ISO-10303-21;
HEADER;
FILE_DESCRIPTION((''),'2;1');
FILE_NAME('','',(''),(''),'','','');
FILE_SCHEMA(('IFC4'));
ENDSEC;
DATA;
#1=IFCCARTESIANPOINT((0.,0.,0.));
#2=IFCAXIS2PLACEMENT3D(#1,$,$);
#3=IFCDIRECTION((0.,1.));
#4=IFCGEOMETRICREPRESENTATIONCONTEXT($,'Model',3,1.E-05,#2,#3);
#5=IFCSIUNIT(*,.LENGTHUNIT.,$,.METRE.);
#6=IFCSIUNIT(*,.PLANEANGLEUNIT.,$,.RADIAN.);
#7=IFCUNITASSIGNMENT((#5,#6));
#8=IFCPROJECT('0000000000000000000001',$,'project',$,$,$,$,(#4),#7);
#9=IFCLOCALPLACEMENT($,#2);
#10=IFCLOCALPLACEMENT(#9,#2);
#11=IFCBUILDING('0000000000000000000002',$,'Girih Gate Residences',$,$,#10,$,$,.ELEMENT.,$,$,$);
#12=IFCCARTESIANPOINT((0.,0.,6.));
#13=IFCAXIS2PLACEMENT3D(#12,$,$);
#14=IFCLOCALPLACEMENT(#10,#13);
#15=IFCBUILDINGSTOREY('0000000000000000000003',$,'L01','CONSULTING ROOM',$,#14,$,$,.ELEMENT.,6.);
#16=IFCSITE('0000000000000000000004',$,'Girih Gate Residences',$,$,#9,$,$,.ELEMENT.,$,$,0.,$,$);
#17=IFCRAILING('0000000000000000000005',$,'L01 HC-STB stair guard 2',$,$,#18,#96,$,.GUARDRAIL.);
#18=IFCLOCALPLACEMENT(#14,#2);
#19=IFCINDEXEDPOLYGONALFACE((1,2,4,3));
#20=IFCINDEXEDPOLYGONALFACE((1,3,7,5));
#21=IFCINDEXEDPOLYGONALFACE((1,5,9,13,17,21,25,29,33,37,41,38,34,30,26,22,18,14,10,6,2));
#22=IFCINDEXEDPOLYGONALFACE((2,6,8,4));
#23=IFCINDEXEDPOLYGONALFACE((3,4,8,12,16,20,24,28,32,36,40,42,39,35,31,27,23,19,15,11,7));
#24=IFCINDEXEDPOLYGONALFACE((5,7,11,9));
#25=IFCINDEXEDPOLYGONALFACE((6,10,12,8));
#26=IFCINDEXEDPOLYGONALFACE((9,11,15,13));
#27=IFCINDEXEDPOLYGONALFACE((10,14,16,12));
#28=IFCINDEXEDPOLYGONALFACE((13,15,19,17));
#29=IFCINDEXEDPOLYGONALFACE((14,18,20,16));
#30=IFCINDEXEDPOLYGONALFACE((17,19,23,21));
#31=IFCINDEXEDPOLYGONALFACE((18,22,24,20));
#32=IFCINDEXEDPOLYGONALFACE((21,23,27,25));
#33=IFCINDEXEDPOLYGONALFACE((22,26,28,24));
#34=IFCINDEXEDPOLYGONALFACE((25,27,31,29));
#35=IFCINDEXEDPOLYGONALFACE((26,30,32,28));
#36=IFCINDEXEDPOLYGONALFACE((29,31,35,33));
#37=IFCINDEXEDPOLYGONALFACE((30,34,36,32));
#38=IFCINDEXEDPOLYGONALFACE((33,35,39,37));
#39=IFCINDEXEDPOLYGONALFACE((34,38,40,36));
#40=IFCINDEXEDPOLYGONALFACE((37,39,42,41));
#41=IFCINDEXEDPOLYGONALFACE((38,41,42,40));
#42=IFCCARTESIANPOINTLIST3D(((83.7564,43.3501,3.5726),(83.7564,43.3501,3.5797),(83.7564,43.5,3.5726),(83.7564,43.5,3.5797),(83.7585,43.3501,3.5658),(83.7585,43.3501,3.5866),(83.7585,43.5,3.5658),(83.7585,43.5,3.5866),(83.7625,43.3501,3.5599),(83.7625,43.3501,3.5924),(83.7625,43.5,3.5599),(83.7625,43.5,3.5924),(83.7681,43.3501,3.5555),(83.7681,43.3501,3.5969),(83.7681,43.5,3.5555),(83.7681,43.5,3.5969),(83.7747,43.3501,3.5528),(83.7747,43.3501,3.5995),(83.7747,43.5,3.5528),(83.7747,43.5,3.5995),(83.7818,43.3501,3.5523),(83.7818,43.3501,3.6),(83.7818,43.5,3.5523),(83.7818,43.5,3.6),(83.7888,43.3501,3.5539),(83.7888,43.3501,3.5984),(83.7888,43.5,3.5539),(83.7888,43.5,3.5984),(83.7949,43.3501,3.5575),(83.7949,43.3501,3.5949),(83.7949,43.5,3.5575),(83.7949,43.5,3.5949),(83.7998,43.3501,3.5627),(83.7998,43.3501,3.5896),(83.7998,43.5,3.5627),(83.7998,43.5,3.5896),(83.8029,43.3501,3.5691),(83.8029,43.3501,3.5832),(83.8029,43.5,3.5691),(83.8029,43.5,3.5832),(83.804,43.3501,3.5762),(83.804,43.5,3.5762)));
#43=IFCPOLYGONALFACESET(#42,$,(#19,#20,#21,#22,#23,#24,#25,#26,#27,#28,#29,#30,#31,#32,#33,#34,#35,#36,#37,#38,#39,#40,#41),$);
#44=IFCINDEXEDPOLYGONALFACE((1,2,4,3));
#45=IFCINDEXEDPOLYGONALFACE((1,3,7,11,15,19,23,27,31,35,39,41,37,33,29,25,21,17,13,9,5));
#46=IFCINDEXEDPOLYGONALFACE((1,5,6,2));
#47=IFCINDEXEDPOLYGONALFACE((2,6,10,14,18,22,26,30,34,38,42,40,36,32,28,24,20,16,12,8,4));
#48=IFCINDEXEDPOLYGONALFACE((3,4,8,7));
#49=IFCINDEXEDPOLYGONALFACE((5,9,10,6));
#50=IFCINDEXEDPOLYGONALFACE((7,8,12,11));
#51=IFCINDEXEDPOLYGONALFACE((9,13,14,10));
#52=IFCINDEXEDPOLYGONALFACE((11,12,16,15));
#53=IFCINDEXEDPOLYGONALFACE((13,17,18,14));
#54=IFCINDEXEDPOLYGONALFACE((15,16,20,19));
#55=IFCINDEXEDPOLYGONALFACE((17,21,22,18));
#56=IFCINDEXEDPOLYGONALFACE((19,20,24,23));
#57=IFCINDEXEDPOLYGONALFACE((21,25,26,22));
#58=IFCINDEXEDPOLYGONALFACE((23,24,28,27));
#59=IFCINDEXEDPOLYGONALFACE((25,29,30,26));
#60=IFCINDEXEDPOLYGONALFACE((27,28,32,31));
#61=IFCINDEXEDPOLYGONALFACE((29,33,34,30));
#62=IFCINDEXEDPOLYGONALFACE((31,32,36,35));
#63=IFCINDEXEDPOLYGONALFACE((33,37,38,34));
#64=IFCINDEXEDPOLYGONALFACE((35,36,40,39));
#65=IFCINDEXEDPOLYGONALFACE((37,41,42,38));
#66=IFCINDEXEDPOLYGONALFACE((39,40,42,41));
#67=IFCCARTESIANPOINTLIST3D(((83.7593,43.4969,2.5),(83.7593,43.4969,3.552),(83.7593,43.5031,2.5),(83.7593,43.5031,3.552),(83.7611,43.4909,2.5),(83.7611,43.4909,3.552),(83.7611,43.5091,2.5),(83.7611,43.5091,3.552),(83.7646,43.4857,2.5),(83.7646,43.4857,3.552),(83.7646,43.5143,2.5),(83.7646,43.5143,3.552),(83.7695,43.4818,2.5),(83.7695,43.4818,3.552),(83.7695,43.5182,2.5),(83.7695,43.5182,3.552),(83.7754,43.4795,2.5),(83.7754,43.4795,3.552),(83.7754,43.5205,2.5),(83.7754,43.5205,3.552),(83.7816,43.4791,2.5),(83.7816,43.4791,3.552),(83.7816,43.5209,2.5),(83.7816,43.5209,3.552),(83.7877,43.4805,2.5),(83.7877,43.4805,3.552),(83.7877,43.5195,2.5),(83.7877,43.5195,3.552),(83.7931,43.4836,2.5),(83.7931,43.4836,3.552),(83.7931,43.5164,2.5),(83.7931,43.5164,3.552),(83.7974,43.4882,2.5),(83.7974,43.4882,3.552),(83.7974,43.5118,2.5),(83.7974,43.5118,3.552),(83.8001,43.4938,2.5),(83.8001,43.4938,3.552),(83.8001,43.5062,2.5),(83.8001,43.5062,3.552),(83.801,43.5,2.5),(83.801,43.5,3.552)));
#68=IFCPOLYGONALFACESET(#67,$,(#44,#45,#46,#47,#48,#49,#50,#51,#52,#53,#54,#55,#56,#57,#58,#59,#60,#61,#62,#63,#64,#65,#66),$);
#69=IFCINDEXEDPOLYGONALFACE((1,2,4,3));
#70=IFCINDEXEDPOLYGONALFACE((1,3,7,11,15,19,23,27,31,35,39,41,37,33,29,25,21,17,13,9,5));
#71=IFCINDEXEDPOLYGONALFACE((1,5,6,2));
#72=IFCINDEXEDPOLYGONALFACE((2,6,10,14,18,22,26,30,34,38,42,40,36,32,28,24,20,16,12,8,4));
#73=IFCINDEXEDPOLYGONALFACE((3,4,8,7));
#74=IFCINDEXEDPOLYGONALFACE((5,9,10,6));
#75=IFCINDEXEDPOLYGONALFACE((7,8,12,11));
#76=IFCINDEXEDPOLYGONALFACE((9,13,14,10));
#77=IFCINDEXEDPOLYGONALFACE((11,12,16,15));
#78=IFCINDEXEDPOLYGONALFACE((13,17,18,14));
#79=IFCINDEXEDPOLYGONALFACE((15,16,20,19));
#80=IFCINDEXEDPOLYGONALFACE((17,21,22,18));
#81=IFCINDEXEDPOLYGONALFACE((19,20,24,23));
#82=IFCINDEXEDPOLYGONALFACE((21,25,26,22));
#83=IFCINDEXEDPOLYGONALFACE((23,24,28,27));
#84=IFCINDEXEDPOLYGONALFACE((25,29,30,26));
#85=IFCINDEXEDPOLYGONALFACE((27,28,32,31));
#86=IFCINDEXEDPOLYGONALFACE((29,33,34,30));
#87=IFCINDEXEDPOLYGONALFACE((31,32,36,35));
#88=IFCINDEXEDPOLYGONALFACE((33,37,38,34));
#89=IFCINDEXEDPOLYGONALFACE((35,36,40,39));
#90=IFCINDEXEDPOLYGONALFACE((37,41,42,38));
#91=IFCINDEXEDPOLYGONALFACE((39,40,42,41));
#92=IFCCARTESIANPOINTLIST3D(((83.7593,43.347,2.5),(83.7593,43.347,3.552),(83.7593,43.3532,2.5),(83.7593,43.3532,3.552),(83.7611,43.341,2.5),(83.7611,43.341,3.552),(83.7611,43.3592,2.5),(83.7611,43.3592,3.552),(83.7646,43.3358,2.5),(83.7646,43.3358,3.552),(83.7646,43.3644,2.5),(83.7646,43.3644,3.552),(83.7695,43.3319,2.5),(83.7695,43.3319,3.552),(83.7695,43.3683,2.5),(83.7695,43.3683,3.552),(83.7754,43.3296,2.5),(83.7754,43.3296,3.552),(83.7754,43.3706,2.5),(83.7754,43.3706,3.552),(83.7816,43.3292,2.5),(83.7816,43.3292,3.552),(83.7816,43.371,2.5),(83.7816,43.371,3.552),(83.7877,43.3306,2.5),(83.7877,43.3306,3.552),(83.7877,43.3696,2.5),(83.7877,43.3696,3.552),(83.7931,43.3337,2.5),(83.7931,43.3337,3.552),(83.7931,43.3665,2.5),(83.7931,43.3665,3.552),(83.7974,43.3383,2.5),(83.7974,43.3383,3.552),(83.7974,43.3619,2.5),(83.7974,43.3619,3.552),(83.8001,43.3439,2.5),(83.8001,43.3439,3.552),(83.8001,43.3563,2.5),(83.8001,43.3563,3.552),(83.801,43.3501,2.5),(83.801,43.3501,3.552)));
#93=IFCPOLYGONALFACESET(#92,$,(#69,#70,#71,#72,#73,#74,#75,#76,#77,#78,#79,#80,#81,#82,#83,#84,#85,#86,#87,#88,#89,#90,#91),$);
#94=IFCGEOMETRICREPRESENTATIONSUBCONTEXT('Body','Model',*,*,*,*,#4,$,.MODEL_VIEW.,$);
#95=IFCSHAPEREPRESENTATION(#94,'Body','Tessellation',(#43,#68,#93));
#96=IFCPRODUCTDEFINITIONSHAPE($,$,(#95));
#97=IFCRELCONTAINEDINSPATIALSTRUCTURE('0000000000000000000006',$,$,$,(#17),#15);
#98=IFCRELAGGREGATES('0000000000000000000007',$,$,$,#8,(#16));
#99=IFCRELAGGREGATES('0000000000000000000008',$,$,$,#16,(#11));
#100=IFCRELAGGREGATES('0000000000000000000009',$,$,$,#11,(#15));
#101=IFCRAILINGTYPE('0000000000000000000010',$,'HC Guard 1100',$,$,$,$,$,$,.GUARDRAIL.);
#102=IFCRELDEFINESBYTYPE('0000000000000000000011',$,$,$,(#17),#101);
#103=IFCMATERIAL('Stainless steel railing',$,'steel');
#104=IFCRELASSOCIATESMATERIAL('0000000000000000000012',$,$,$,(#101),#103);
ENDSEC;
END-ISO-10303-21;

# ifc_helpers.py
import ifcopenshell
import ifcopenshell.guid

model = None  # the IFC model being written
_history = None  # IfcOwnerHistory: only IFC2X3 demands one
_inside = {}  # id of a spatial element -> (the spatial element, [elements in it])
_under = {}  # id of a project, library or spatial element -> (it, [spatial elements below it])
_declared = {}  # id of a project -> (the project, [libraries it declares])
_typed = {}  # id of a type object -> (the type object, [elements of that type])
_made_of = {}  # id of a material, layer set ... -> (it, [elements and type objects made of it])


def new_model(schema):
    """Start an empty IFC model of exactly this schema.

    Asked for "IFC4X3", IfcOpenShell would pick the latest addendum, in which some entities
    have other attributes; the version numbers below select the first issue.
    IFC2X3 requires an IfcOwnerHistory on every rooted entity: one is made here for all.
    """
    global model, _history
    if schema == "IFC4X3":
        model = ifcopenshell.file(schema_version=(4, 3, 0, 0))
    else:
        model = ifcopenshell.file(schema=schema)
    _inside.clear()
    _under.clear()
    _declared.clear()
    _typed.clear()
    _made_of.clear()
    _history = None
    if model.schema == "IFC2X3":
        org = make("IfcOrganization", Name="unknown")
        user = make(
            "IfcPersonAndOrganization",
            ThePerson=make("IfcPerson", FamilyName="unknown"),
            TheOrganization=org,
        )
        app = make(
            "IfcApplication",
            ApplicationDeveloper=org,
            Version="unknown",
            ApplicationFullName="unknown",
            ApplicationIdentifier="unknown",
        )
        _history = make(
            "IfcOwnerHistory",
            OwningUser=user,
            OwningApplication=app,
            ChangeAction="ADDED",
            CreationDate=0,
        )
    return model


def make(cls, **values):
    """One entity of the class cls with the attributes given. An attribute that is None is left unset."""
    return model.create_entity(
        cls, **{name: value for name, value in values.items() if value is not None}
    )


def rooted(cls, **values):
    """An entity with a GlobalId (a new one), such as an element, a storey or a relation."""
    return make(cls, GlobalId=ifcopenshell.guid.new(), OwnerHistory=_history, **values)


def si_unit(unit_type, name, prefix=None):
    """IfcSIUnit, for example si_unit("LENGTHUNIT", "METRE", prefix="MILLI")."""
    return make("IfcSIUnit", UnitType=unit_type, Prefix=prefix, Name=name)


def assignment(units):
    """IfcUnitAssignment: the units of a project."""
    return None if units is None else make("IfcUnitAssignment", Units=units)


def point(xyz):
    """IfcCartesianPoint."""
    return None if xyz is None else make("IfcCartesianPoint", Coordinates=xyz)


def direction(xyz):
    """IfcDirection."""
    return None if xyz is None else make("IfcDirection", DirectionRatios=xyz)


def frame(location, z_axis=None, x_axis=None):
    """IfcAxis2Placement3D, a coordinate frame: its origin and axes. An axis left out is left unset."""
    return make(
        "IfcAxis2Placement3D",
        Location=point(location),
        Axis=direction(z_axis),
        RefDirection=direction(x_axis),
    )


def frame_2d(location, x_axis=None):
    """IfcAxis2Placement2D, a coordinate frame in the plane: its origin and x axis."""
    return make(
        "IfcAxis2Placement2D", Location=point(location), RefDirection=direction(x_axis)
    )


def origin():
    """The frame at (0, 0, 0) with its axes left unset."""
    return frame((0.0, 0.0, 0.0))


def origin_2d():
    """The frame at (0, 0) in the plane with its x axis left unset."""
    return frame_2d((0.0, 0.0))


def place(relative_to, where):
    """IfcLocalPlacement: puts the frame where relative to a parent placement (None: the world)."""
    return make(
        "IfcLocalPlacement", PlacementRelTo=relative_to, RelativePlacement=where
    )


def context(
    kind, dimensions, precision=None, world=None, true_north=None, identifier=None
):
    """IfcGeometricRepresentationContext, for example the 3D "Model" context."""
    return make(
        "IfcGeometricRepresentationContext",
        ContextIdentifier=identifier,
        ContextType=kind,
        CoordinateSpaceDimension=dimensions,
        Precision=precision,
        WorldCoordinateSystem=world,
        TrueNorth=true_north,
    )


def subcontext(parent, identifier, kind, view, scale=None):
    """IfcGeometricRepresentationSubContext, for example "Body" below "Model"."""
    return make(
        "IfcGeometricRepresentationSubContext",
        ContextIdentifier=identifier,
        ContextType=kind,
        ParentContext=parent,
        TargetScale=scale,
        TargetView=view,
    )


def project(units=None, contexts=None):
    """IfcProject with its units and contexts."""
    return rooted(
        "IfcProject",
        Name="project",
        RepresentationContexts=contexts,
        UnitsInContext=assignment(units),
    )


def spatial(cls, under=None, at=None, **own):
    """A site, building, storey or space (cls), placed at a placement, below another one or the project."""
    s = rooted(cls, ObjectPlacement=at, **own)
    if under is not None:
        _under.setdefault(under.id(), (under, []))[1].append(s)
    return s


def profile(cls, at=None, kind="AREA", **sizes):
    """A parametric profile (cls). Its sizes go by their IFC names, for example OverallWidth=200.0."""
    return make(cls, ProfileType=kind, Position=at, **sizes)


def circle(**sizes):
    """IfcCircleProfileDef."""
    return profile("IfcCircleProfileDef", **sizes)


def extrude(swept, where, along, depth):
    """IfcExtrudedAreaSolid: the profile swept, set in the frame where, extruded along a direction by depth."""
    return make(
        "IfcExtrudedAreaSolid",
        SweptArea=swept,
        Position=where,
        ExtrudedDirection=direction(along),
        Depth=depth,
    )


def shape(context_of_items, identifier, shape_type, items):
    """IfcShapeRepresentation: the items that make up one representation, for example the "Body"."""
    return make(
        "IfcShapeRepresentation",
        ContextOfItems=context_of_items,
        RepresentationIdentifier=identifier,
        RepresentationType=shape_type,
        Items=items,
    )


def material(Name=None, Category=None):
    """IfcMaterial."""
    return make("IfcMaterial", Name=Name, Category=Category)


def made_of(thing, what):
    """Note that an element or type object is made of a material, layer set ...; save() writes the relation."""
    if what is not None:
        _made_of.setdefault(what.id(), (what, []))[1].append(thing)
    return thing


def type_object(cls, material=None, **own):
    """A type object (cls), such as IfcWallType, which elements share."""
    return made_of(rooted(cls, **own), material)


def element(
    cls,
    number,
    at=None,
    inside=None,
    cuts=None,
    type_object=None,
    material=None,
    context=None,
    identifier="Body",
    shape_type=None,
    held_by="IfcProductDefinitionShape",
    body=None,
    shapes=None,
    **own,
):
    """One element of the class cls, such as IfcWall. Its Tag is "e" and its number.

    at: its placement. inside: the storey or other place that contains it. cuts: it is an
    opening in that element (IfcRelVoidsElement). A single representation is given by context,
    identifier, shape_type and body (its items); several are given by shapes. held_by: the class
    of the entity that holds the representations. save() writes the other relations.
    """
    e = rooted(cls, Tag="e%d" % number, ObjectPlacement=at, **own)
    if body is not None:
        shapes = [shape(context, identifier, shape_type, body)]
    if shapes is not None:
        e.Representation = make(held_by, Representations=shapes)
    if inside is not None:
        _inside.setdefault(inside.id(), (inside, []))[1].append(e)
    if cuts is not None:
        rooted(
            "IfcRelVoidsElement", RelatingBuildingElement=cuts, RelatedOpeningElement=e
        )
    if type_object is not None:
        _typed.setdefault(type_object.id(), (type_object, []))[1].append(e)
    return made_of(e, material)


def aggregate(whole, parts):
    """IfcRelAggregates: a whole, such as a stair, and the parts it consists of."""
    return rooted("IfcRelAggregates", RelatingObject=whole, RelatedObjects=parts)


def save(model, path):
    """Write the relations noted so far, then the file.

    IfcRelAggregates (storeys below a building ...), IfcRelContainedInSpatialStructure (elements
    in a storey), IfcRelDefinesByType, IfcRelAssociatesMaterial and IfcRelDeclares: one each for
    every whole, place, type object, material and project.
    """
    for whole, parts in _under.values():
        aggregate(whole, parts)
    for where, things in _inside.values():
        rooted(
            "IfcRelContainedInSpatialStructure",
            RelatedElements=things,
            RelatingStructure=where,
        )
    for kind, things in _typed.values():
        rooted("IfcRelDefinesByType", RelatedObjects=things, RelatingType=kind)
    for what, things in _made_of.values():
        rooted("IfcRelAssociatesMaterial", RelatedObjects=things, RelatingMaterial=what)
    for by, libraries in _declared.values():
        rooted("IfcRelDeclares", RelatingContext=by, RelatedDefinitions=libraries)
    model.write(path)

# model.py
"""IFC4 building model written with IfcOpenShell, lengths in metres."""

from ifc_helpers import new_model, si_unit, direction, frame, origin, origin_2d, place, context, subcontext, project, spatial, circle, extrude, material, type_object, element, save


model = new_model("IFC4")

# Units and contexts
model_context = context("Model", 3, precision=1e-05, world=origin(), true_north=direction((0.0, 1.0)))
body_context = subcontext(model_context, "Body", "Model", "MODEL_VIEW")
ifc_project = project(units=[si_unit("LENGTHUNIT", "METRE"), si_unit("PLANEANGLEUNIT", "RADIAN")], contexts=[model_context])

# Site, building, storey
site_placement = place(None, origin())
site = spatial("IfcSite", under=ifc_project, at=site_placement, Name="Girih Gate Residences", CompositionType="ELEMENT", RefElevation=0.0)
building_placement = place(site_placement, origin())
building = spatial("IfcBuilding", under=site, at=building_placement, Name="Girih Gate Residences", CompositionType="ELEMENT")
storey_placement = place(building_placement, frame((0.0, 0.0, 6.0)))
storey = spatial("IfcBuildingStorey", under=building, at=storey_placement, Name="L01", Description="CONSULTING ROOM", CompositionType="ELEMENT", Elevation=6.0)

# Railing
ifc_material_1 = material(Name="Stainless steel railing", Category="steel")
railing_type_1 = type_object("IfcRailingType", Name="HC Guard 1100", PredefinedType="GUARDRAIL", material=ifc_material_1)
railing_1_placement = place(storey_placement, frame((83.78, 43.5, 2.5)))
element("IfcRailing", 1, at=railing_1_placement, inside=storey, type_object=railing_type_1, Name="L01 HC-STB stair guard 2", PredefinedType="GUARDRAIL", context=body_context, shape_type="SweptSolid", body=[
    extrude(circle(Radius=0.0239, at=origin_2d()), frame((0.0, 0.0, 1.0762), z_axis=(0.0, -1.0, 0.0), x_axis=(1.0, 0.0, 0.0)), (0.0, 0.0, 1.0), 0.1499),
    extrude(circle(Radius=0.021, at=origin_2d()), origin(), (0.0, 0.0, 1.0), 1.052),
    extrude(circle(Radius=0.021, at=origin_2d()), frame((0.0, -0.1499, 0.0)), (0.0, 0.0, 1.0), 1.052),
])

save(model, "model.ifc")
